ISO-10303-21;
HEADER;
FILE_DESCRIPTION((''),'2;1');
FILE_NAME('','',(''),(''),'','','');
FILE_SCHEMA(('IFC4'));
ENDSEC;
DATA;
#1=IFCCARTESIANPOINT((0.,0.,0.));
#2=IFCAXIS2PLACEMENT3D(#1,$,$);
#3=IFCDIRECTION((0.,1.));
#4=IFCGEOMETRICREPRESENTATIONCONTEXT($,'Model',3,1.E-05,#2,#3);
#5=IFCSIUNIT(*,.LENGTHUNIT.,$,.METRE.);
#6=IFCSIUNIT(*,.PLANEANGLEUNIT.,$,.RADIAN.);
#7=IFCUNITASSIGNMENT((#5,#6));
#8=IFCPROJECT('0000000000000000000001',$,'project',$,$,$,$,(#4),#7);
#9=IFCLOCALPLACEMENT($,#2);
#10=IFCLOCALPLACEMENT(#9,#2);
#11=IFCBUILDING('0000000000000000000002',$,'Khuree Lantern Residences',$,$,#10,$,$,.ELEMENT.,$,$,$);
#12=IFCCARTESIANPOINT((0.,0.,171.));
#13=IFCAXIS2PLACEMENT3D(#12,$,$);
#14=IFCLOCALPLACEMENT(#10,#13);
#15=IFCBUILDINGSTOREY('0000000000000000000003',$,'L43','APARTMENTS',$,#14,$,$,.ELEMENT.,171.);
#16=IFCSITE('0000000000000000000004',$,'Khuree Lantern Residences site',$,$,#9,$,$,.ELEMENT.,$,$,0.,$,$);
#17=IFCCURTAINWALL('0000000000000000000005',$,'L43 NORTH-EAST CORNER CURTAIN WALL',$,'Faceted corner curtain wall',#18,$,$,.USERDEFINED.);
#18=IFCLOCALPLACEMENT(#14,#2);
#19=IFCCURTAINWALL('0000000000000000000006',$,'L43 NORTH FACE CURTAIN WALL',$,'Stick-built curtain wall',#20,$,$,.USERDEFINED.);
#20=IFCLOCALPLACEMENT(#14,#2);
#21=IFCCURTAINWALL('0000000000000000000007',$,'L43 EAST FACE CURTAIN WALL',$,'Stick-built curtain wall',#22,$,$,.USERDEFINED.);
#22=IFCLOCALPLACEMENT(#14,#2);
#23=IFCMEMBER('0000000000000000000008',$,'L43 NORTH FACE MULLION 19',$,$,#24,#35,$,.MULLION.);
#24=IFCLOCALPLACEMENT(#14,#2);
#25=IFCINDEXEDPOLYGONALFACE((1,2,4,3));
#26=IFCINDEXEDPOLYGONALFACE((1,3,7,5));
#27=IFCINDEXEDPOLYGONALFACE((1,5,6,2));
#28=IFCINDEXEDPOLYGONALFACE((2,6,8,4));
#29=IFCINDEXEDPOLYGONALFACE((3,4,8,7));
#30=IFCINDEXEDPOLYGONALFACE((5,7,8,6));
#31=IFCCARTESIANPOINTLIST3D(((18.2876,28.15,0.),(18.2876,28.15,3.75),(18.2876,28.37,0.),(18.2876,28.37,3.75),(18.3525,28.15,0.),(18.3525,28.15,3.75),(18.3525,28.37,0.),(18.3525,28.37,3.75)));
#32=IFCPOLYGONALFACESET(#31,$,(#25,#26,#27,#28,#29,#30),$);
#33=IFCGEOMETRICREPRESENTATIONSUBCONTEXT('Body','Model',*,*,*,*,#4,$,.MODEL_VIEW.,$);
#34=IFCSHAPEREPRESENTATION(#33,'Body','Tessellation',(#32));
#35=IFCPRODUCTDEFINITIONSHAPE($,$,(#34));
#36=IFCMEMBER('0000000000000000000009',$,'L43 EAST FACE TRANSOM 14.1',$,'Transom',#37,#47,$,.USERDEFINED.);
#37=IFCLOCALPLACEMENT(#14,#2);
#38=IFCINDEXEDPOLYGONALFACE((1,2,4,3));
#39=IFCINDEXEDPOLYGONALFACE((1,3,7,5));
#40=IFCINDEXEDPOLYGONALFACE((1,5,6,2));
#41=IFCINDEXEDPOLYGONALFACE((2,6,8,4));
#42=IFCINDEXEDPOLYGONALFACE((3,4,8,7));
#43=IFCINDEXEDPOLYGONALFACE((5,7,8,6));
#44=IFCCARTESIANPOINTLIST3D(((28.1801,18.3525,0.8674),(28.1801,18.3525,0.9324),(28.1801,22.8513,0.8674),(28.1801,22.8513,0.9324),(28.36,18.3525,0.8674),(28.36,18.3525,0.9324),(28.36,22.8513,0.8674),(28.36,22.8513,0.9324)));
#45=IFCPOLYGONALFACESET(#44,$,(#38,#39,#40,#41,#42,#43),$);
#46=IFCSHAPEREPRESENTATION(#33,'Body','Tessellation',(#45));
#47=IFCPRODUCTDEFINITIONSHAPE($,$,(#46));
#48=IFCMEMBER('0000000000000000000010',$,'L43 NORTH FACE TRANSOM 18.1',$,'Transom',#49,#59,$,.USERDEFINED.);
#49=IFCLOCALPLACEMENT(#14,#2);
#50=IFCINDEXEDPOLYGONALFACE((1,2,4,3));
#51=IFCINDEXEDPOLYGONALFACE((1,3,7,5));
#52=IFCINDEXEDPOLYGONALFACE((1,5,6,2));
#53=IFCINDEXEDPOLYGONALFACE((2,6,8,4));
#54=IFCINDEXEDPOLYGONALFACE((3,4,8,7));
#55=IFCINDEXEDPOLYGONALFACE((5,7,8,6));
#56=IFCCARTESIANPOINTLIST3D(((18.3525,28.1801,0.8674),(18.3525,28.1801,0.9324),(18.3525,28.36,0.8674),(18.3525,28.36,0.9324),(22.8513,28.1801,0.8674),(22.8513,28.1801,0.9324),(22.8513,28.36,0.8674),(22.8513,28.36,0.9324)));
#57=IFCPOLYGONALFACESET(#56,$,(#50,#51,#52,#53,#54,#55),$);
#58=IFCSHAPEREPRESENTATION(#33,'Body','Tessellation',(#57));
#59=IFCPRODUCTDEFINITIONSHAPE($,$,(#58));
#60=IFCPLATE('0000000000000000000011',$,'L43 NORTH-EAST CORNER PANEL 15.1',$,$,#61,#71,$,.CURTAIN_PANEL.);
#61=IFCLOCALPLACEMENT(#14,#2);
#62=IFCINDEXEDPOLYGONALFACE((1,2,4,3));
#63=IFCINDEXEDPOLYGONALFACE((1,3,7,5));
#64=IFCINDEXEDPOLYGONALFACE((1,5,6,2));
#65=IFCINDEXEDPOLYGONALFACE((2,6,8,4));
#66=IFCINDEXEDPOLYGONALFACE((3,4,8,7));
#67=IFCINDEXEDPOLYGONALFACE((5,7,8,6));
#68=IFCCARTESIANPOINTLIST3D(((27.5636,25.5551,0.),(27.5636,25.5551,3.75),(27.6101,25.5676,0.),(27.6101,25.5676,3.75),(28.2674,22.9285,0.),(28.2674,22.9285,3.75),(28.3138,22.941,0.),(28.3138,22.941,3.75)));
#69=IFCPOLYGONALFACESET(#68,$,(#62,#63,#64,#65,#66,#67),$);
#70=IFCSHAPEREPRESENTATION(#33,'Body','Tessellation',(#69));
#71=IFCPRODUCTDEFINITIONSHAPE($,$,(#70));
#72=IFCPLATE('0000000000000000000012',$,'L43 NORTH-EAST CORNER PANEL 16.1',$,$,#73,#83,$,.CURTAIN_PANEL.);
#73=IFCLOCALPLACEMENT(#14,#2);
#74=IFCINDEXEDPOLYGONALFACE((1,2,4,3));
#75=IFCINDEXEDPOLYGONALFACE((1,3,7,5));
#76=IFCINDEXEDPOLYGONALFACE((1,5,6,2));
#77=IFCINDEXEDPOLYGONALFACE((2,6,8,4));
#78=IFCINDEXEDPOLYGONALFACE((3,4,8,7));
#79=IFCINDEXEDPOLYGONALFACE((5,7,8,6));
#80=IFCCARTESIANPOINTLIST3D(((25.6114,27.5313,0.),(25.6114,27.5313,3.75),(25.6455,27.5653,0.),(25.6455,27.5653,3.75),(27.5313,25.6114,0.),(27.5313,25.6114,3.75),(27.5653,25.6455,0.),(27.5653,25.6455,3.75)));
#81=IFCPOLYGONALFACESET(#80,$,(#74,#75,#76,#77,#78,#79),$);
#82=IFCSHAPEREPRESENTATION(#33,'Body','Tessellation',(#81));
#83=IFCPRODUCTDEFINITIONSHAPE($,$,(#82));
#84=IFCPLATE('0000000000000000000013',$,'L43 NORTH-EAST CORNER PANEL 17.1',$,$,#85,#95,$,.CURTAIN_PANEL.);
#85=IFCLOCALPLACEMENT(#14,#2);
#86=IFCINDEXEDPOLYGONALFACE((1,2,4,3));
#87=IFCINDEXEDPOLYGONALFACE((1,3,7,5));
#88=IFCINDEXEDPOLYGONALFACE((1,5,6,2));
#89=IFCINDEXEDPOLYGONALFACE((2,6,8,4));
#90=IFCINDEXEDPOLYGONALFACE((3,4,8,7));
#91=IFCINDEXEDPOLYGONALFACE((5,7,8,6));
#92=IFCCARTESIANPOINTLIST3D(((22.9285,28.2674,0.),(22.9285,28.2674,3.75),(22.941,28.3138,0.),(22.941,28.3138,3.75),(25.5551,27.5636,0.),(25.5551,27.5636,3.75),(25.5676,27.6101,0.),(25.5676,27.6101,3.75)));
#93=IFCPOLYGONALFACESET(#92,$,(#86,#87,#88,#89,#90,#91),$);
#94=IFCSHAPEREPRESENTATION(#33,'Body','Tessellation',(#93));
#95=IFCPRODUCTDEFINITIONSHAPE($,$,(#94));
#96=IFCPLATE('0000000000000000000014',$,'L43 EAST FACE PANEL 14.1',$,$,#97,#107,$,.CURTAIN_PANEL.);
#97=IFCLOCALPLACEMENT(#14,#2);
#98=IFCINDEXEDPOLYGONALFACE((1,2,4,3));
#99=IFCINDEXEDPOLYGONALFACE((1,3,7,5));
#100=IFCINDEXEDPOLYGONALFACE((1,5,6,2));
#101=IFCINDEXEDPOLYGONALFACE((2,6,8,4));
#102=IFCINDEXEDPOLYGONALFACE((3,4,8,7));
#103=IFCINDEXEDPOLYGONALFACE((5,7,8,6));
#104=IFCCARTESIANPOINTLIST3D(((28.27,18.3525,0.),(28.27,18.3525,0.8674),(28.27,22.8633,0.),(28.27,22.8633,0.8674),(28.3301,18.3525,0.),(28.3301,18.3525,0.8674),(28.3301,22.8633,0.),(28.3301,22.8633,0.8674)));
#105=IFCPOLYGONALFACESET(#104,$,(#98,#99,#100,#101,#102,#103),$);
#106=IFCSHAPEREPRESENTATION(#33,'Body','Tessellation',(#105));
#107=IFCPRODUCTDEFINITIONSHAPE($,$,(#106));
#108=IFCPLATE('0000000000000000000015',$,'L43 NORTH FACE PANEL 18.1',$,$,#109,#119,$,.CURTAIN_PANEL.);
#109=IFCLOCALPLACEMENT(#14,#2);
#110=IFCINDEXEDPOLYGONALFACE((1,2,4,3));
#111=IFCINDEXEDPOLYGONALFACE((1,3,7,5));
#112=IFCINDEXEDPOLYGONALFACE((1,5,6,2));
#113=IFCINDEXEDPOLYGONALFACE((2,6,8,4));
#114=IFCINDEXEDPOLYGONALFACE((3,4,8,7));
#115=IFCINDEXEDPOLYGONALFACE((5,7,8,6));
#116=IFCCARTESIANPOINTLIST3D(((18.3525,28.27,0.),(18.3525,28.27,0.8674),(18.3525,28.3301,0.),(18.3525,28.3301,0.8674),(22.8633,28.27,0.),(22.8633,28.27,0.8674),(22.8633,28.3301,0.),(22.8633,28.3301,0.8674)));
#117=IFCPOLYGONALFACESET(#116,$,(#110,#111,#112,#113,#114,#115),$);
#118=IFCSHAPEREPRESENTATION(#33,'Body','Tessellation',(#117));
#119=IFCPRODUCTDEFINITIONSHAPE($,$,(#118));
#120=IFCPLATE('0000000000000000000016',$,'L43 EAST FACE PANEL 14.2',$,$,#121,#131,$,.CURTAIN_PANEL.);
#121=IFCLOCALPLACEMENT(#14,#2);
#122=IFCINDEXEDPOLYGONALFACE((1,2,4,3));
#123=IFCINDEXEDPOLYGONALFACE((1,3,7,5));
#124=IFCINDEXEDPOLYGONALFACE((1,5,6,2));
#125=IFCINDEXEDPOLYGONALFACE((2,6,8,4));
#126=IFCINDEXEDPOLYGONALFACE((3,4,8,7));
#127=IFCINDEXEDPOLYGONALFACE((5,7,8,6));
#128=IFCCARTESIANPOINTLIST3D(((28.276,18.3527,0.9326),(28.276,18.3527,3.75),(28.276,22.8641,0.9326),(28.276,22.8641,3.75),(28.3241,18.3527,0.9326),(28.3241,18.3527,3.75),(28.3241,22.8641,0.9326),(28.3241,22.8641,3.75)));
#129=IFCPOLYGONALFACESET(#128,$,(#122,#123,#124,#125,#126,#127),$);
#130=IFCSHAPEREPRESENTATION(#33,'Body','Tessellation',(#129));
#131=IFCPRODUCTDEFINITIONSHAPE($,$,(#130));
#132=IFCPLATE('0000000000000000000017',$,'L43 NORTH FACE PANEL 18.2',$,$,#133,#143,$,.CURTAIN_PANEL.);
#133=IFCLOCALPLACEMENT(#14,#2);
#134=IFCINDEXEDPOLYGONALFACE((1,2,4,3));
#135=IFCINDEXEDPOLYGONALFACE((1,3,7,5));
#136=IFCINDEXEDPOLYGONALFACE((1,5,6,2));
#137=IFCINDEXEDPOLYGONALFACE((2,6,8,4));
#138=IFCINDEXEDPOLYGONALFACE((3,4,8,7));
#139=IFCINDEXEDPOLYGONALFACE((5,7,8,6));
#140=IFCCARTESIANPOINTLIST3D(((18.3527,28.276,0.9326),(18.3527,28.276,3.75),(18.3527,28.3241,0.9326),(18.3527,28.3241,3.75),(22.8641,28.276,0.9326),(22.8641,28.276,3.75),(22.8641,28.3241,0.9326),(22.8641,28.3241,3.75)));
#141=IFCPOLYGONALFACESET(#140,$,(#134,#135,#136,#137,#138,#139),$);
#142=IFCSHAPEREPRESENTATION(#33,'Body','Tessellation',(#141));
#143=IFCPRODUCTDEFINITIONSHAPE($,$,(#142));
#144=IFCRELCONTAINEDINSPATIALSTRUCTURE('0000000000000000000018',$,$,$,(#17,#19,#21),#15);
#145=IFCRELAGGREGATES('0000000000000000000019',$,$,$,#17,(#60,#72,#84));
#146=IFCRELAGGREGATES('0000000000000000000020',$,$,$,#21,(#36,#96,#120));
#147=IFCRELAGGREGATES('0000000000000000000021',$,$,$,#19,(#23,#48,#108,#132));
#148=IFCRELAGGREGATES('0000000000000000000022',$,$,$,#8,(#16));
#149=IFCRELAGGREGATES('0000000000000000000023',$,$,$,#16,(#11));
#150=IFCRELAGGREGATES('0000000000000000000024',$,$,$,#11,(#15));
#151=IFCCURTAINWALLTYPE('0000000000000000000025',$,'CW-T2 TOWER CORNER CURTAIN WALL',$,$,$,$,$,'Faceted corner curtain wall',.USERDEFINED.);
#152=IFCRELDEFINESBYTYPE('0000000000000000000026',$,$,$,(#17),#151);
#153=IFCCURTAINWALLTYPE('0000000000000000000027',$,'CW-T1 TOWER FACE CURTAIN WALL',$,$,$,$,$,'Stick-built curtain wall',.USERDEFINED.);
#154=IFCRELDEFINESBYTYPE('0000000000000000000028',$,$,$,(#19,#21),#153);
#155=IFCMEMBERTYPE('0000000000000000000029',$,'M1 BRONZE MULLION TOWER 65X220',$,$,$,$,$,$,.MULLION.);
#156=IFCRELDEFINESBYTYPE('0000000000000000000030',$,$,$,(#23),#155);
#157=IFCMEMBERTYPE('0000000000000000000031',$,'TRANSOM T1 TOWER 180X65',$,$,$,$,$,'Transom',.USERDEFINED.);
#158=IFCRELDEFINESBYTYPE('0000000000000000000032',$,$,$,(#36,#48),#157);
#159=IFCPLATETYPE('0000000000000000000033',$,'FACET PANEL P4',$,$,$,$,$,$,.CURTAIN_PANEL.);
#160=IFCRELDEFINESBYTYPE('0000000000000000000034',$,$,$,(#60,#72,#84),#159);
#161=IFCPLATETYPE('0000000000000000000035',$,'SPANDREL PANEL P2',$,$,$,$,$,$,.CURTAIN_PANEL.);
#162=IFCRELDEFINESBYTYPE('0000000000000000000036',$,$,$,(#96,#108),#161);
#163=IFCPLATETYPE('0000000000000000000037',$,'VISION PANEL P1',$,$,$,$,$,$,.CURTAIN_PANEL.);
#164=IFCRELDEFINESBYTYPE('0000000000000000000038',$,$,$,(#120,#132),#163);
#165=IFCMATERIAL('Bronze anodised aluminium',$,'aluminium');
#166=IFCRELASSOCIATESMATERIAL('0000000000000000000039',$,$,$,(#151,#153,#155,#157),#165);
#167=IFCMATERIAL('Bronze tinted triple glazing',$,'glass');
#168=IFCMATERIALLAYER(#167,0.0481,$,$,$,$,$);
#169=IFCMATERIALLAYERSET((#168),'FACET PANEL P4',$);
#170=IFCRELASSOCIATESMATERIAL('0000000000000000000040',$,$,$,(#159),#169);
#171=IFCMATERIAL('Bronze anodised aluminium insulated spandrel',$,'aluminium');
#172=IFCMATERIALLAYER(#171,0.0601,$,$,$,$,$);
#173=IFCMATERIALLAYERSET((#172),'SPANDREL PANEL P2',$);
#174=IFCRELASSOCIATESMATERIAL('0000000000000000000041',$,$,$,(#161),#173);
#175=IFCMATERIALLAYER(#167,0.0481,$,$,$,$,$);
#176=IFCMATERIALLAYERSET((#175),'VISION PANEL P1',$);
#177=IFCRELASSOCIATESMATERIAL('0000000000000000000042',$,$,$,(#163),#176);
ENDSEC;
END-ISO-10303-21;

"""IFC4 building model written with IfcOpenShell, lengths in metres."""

from ifc_helpers import new_model, si_unit, direction, frame, origin, origin_2d, place, context, subcontext, project, spatial, rectangle, extrude, material, layer, layer_set, material_profile, profile_set, type_object, element, aggregate, save


model = new_model("IFC4")

# Units and contexts
model_context = context("Model", 3, precision=1e-05, world=origin(), true_north=direction((0.0, 1.0)))
body_context = subcontext(model_context, "Body", "Model", "MODEL_VIEW")
ifc_project = project(units=[si_unit("LENGTHUNIT", "METRE"), si_unit("PLANEANGLEUNIT", "RADIAN")], contexts=[model_context])

# Site, building, storey
site_placement = place(None, origin())
site = spatial("IfcSite", under=ifc_project, at=site_placement, Name="Khuree Lantern Residences site", CompositionType="ELEMENT", RefElevation=0.0)
building_placement = place(site_placement, origin())
building = spatial("IfcBuilding", under=site, at=building_placement, Name="Khuree Lantern Residences", CompositionType="ELEMENT")
storey_placement = place(building_placement, frame((0.0, 0.0, 171.0)))
storey = spatial("IfcBuildingStorey", under=building, at=storey_placement, Name="L43", Description="APARTMENTS", CompositionType="ELEMENT", Elevation=171.0)

# Curtain walls
ifc_material_1 = material(Name="Bronze anodised aluminium", Category="aluminium")
curtain_wall_type_1 = type_object("IfcCurtainWallType", Name="CW-T2 TOWER CORNER CURTAIN WALL", ElementType="Faceted corner curtain wall", PredefinedType="USERDEFINED", material=ifc_material_1)
curtain_wall_1_placement = place(storey_placement, origin())
curtain_wall_1 = element("IfcCurtainWall", 1, at=curtain_wall_1_placement, inside=storey, type_object=curtain_wall_type_1, Name="L43 NORTH-EAST CORNER CURTAIN WALL", ObjectType="Faceted corner curtain wall", PredefinedType="USERDEFINED")
curtain_wall_type_2 = type_object("IfcCurtainWallType", Name="CW-T1 TOWER FACE CURTAIN WALL", ElementType="Stick-built curtain wall", PredefinedType="USERDEFINED", material=ifc_material_1)
curtain_wall_2_placement = place(storey_placement, origin())
curtain_wall_2 = element("IfcCurtainWall", 2, at=curtain_wall_2_placement, inside=storey, type_object=curtain_wall_type_2, Name="L43 NORTH FACE CURTAIN WALL", ObjectType="Stick-built curtain wall", PredefinedType="USERDEFINED")

# Curtain wall
curtain_wall_3_placement = place(storey_placement, origin())
curtain_wall_3 = element("IfcCurtainWall", 3, at=curtain_wall_3_placement, inside=storey, type_object=curtain_wall_type_2, Name="L43 EAST FACE CURTAIN WALL", ObjectType="Stick-built curtain wall", PredefinedType="USERDEFINED")
ifc_material_profile_1 = material_profile(ifc_material_1, rectangle(XDim=0.0649, YDim=0.22, at=origin_2d()), Name="M1 65X220")
ifc_profile_set_1 = profile_set([ifc_material_profile_1], Name="Bronze anodised aluminium")
member_type_1 = type_object("IfcMemberType", Name="M1 BRONZE MULLION TOWER 65X220", PredefinedType="MULLION", material=ifc_profile_set_1)

# Members
member_1_placement = place(storey_placement, frame((18.3201, 28.26, 0.0), z_axis=(0.0, 0.0, 1.0), x_axis=(-1.0, 0.0, 0.0)))
member_1 = element("IfcMember", 4, at=member_1_placement, type_object=member_type_1, Name="L43 NORTH FACE MULLION 19", PredefinedType="MULLION", context=body_context, shape_type="SweptSolid", body=[
    extrude(rectangle(XDim=0.0649, YDim=0.22, at=origin_2d()), origin(), (0.0, 0.0, 1.0), 3.75),
])
ifc_material_profile_2 = material_profile(ifc_material_1, rectangle(XDim=0.1799, YDim=0.0649, at=origin_2d()), Name="T1 180X65")
ifc_profile_set_2 = profile_set([ifc_material_profile_2], Name="Bronze anodised aluminium")
member_type_2 = type_object("IfcMemberType", Name="TRANSOM T1 TOWER 180X65", ElementType="Transom", PredefinedType="USERDEFINED", material=ifc_profile_set_2)
member_2_placement = place(storey_placement, frame((28.27, 18.3525, 0.8999), z_axis=(0.0, 1.0, 0.0), x_axis=(-1.0, 0.0, 0.0)))
member_2 = element("IfcMember", 5, at=member_2_placement, type_object=member_type_2, Name="L43 EAST FACE TRANSOM 14.1", ObjectType="Transom", PredefinedType="USERDEFINED", context=body_context, shape_type="SweptSolid", body=[
    extrude(rectangle(XDim=0.1799, YDim=0.0649, at=origin_2d()), origin(), (0.0, 0.0, 1.0), 4.4988),
])
member_3_placement = place(storey_placement, frame((22.8513, 28.27, 0.8999), z_axis=(-1.0, 0.0, 0.0), x_axis=(0.0, -1.0, 0.0)))
member_3 = element("IfcMember", 6, at=member_3_placement, type_object=member_type_2, Name="L43 NORTH FACE TRANSOM 18.1", ObjectType="Transom", PredefinedType="USERDEFINED", context=body_context, shape_type="SweptSolid", body=[
    extrude(rectangle(XDim=0.1799, YDim=0.0649, at=origin_2d()), origin(), (0.0, 0.0, 1.0), 4.4988),
])

# Plates
ifc_material_2 = material(Name="Bronze tinted triple glazing", Category="glass")
ifc_layer_1 = layer(ifc_material_2, 0.0481)
ifc_layer_set_1 = layer_set([ifc_layer_1], Name="FACET PANEL P4")
plate_type_1 = type_object("IfcPlateType", Name="FACET PANEL P4", PredefinedType="CURTAIN_PANEL", material=ifc_layer_set_1)
plate_1_placement = place(storey_placement, frame((27.9387, 24.248, 0.0), z_axis=(0.0, 0.0, 1.0), x_axis=(-0.258819, 0.965926, 0.0)))
plate_1 = element("IfcPlate", 7, at=plate_1_placement, type_object=plate_type_1, Name="L43 NORTH-EAST CORNER PANEL 15.1", PredefinedType="CURTAIN_PANEL", context=body_context, shape_type="SweptSolid", body=[
    extrude(rectangle(XDim=2.7192, YDim=0.0481, at=origin_2d()), origin(), (0.0, 0.0, 1.0), 3.75),
])
plate_2_placement = place(storey_placement, frame((26.5884, 26.5884, 0.0), z_axis=(0.0, 0.0, 1.0), x_axis=(-0.707107, 0.707107, 0.0)))
plate_2 = element("IfcPlate", 8, at=plate_2_placement, type_object=plate_type_1, Name="L43 NORTH-EAST CORNER PANEL 16.1", PredefinedType="CURTAIN_PANEL", context=body_context, shape_type="SweptSolid", body=[
    extrude(rectangle(XDim=2.7151, YDim=0.0481, at=origin_2d()), origin(), (0.0, 0.0, 1.0), 3.75),
])
plate_3_placement = place(storey_placement, frame((24.248, 27.9387, 0.0), z_axis=(0.0, 0.0, 1.0), x_axis=(-0.965926, 0.258819, 0.0)))
plate_3 = element("IfcPlate", 9, at=plate_3_placement, type_object=plate_type_1, Name="L43 NORTH-EAST CORNER PANEL 17.1", PredefinedType="CURTAIN_PANEL", context=body_context, shape_type="SweptSolid", body=[
    extrude(rectangle(XDim=2.7192, YDim=0.0481, at=origin_2d()), origin(), (0.0, 0.0, 1.0), 3.75),
])
aggregate(curtain_wall_1, [plate_1, plate_2, plate_3])
ifc_material_3 = material(Name="Bronze anodised aluminium insulated spandrel", Category="aluminium")
ifc_layer_2 = layer(ifc_material_3, 0.0601)
ifc_layer_set_2 = layer_set([ifc_layer_2], Name="SPANDREL PANEL P2")
plate_type_2 = type_object("IfcPlateType", Name="SPANDREL PANEL P2", PredefinedType="CURTAIN_PANEL", material=ifc_layer_set_2)
plate_4_placement = place(storey_placement, frame((28.3, 20.6079, 0.0), z_axis=(0.0, 0.0, 1.0), x_axis=(0.0, 1.0, 0.0)))
plate_4 = element("IfcPlate", 10, at=plate_4_placement, type_object=plate_type_2, Name="L43 EAST FACE PANEL 14.1", PredefinedType="CURTAIN_PANEL", context=body_context, shape_type="SweptSolid", body=[
    extrude(rectangle(XDim=4.5107, YDim=0.0601, at=origin_2d()), origin(), (0.0, 0.0, 1.0), 0.8674),
])
plate_5_placement = place(storey_placement, frame((20.6079, 28.3, 0.0), z_axis=(0.0, 0.0, 1.0), x_axis=(-1.0, 0.0, 0.0)))
plate_5 = element("IfcPlate", 11, at=plate_5_placement, type_object=plate_type_2, Name="L43 NORTH FACE PANEL 18.1", PredefinedType="CURTAIN_PANEL", context=body_context, shape_type="SweptSolid", body=[
    extrude(rectangle(XDim=4.5107, YDim=0.0601, at=origin_2d()), origin(), (0.0, 0.0, 1.0), 0.8674),
])
ifc_layer_3 = layer(ifc_material_2, 0.0481)
ifc_layer_set_3 = layer_set([ifc_layer_3], Name="VISION PANEL P1")
plate_type_3 = type_object("IfcPlateType", Name="VISION PANEL P1", PredefinedType="CURTAIN_PANEL", material=ifc_layer_set_3)
plate_6_placement = place(storey_placement, frame((28.3, 20.6084, 0.9326), z_axis=(0.0, 0.0, 1.0), x_axis=(0.0, 1.0, 0.0)))
plate_6 = element("IfcPlate", 12, at=plate_6_placement, type_object=plate_type_3, Name="L43 EAST FACE PANEL 14.2", PredefinedType="CURTAIN_PANEL", context=body_context, shape_type="SweptSolid", body=[
    extrude(rectangle(XDim=4.5115, YDim=0.0481, at=origin_2d()), origin(), (0.0, 0.0, 1.0), 2.8174),
])
aggregate(curtain_wall_3, [member_2, plate_4, plate_6])
plate_7_placement = place(storey_placement, frame((20.6084, 28.3, 0.9326), z_axis=(0.0, 0.0, 1.0), x_axis=(-1.0, 0.0, 0.0)))
plate_7 = element("IfcPlate", 13, at=plate_7_placement, type_object=plate_type_3, Name="L43 NORTH FACE PANEL 18.2", PredefinedType="CURTAIN_PANEL", context=body_context, shape_type="SweptSolid", body=[
    extrude(rectangle(XDim=4.5115, YDim=0.0481, at=origin_2d()), origin(), (0.0, 0.0, 1.0), 2.8174),
])
aggregate(curtain_wall_2, [member_1, member_3, plate_5, plate_7])

save(model, "model.ifc")
